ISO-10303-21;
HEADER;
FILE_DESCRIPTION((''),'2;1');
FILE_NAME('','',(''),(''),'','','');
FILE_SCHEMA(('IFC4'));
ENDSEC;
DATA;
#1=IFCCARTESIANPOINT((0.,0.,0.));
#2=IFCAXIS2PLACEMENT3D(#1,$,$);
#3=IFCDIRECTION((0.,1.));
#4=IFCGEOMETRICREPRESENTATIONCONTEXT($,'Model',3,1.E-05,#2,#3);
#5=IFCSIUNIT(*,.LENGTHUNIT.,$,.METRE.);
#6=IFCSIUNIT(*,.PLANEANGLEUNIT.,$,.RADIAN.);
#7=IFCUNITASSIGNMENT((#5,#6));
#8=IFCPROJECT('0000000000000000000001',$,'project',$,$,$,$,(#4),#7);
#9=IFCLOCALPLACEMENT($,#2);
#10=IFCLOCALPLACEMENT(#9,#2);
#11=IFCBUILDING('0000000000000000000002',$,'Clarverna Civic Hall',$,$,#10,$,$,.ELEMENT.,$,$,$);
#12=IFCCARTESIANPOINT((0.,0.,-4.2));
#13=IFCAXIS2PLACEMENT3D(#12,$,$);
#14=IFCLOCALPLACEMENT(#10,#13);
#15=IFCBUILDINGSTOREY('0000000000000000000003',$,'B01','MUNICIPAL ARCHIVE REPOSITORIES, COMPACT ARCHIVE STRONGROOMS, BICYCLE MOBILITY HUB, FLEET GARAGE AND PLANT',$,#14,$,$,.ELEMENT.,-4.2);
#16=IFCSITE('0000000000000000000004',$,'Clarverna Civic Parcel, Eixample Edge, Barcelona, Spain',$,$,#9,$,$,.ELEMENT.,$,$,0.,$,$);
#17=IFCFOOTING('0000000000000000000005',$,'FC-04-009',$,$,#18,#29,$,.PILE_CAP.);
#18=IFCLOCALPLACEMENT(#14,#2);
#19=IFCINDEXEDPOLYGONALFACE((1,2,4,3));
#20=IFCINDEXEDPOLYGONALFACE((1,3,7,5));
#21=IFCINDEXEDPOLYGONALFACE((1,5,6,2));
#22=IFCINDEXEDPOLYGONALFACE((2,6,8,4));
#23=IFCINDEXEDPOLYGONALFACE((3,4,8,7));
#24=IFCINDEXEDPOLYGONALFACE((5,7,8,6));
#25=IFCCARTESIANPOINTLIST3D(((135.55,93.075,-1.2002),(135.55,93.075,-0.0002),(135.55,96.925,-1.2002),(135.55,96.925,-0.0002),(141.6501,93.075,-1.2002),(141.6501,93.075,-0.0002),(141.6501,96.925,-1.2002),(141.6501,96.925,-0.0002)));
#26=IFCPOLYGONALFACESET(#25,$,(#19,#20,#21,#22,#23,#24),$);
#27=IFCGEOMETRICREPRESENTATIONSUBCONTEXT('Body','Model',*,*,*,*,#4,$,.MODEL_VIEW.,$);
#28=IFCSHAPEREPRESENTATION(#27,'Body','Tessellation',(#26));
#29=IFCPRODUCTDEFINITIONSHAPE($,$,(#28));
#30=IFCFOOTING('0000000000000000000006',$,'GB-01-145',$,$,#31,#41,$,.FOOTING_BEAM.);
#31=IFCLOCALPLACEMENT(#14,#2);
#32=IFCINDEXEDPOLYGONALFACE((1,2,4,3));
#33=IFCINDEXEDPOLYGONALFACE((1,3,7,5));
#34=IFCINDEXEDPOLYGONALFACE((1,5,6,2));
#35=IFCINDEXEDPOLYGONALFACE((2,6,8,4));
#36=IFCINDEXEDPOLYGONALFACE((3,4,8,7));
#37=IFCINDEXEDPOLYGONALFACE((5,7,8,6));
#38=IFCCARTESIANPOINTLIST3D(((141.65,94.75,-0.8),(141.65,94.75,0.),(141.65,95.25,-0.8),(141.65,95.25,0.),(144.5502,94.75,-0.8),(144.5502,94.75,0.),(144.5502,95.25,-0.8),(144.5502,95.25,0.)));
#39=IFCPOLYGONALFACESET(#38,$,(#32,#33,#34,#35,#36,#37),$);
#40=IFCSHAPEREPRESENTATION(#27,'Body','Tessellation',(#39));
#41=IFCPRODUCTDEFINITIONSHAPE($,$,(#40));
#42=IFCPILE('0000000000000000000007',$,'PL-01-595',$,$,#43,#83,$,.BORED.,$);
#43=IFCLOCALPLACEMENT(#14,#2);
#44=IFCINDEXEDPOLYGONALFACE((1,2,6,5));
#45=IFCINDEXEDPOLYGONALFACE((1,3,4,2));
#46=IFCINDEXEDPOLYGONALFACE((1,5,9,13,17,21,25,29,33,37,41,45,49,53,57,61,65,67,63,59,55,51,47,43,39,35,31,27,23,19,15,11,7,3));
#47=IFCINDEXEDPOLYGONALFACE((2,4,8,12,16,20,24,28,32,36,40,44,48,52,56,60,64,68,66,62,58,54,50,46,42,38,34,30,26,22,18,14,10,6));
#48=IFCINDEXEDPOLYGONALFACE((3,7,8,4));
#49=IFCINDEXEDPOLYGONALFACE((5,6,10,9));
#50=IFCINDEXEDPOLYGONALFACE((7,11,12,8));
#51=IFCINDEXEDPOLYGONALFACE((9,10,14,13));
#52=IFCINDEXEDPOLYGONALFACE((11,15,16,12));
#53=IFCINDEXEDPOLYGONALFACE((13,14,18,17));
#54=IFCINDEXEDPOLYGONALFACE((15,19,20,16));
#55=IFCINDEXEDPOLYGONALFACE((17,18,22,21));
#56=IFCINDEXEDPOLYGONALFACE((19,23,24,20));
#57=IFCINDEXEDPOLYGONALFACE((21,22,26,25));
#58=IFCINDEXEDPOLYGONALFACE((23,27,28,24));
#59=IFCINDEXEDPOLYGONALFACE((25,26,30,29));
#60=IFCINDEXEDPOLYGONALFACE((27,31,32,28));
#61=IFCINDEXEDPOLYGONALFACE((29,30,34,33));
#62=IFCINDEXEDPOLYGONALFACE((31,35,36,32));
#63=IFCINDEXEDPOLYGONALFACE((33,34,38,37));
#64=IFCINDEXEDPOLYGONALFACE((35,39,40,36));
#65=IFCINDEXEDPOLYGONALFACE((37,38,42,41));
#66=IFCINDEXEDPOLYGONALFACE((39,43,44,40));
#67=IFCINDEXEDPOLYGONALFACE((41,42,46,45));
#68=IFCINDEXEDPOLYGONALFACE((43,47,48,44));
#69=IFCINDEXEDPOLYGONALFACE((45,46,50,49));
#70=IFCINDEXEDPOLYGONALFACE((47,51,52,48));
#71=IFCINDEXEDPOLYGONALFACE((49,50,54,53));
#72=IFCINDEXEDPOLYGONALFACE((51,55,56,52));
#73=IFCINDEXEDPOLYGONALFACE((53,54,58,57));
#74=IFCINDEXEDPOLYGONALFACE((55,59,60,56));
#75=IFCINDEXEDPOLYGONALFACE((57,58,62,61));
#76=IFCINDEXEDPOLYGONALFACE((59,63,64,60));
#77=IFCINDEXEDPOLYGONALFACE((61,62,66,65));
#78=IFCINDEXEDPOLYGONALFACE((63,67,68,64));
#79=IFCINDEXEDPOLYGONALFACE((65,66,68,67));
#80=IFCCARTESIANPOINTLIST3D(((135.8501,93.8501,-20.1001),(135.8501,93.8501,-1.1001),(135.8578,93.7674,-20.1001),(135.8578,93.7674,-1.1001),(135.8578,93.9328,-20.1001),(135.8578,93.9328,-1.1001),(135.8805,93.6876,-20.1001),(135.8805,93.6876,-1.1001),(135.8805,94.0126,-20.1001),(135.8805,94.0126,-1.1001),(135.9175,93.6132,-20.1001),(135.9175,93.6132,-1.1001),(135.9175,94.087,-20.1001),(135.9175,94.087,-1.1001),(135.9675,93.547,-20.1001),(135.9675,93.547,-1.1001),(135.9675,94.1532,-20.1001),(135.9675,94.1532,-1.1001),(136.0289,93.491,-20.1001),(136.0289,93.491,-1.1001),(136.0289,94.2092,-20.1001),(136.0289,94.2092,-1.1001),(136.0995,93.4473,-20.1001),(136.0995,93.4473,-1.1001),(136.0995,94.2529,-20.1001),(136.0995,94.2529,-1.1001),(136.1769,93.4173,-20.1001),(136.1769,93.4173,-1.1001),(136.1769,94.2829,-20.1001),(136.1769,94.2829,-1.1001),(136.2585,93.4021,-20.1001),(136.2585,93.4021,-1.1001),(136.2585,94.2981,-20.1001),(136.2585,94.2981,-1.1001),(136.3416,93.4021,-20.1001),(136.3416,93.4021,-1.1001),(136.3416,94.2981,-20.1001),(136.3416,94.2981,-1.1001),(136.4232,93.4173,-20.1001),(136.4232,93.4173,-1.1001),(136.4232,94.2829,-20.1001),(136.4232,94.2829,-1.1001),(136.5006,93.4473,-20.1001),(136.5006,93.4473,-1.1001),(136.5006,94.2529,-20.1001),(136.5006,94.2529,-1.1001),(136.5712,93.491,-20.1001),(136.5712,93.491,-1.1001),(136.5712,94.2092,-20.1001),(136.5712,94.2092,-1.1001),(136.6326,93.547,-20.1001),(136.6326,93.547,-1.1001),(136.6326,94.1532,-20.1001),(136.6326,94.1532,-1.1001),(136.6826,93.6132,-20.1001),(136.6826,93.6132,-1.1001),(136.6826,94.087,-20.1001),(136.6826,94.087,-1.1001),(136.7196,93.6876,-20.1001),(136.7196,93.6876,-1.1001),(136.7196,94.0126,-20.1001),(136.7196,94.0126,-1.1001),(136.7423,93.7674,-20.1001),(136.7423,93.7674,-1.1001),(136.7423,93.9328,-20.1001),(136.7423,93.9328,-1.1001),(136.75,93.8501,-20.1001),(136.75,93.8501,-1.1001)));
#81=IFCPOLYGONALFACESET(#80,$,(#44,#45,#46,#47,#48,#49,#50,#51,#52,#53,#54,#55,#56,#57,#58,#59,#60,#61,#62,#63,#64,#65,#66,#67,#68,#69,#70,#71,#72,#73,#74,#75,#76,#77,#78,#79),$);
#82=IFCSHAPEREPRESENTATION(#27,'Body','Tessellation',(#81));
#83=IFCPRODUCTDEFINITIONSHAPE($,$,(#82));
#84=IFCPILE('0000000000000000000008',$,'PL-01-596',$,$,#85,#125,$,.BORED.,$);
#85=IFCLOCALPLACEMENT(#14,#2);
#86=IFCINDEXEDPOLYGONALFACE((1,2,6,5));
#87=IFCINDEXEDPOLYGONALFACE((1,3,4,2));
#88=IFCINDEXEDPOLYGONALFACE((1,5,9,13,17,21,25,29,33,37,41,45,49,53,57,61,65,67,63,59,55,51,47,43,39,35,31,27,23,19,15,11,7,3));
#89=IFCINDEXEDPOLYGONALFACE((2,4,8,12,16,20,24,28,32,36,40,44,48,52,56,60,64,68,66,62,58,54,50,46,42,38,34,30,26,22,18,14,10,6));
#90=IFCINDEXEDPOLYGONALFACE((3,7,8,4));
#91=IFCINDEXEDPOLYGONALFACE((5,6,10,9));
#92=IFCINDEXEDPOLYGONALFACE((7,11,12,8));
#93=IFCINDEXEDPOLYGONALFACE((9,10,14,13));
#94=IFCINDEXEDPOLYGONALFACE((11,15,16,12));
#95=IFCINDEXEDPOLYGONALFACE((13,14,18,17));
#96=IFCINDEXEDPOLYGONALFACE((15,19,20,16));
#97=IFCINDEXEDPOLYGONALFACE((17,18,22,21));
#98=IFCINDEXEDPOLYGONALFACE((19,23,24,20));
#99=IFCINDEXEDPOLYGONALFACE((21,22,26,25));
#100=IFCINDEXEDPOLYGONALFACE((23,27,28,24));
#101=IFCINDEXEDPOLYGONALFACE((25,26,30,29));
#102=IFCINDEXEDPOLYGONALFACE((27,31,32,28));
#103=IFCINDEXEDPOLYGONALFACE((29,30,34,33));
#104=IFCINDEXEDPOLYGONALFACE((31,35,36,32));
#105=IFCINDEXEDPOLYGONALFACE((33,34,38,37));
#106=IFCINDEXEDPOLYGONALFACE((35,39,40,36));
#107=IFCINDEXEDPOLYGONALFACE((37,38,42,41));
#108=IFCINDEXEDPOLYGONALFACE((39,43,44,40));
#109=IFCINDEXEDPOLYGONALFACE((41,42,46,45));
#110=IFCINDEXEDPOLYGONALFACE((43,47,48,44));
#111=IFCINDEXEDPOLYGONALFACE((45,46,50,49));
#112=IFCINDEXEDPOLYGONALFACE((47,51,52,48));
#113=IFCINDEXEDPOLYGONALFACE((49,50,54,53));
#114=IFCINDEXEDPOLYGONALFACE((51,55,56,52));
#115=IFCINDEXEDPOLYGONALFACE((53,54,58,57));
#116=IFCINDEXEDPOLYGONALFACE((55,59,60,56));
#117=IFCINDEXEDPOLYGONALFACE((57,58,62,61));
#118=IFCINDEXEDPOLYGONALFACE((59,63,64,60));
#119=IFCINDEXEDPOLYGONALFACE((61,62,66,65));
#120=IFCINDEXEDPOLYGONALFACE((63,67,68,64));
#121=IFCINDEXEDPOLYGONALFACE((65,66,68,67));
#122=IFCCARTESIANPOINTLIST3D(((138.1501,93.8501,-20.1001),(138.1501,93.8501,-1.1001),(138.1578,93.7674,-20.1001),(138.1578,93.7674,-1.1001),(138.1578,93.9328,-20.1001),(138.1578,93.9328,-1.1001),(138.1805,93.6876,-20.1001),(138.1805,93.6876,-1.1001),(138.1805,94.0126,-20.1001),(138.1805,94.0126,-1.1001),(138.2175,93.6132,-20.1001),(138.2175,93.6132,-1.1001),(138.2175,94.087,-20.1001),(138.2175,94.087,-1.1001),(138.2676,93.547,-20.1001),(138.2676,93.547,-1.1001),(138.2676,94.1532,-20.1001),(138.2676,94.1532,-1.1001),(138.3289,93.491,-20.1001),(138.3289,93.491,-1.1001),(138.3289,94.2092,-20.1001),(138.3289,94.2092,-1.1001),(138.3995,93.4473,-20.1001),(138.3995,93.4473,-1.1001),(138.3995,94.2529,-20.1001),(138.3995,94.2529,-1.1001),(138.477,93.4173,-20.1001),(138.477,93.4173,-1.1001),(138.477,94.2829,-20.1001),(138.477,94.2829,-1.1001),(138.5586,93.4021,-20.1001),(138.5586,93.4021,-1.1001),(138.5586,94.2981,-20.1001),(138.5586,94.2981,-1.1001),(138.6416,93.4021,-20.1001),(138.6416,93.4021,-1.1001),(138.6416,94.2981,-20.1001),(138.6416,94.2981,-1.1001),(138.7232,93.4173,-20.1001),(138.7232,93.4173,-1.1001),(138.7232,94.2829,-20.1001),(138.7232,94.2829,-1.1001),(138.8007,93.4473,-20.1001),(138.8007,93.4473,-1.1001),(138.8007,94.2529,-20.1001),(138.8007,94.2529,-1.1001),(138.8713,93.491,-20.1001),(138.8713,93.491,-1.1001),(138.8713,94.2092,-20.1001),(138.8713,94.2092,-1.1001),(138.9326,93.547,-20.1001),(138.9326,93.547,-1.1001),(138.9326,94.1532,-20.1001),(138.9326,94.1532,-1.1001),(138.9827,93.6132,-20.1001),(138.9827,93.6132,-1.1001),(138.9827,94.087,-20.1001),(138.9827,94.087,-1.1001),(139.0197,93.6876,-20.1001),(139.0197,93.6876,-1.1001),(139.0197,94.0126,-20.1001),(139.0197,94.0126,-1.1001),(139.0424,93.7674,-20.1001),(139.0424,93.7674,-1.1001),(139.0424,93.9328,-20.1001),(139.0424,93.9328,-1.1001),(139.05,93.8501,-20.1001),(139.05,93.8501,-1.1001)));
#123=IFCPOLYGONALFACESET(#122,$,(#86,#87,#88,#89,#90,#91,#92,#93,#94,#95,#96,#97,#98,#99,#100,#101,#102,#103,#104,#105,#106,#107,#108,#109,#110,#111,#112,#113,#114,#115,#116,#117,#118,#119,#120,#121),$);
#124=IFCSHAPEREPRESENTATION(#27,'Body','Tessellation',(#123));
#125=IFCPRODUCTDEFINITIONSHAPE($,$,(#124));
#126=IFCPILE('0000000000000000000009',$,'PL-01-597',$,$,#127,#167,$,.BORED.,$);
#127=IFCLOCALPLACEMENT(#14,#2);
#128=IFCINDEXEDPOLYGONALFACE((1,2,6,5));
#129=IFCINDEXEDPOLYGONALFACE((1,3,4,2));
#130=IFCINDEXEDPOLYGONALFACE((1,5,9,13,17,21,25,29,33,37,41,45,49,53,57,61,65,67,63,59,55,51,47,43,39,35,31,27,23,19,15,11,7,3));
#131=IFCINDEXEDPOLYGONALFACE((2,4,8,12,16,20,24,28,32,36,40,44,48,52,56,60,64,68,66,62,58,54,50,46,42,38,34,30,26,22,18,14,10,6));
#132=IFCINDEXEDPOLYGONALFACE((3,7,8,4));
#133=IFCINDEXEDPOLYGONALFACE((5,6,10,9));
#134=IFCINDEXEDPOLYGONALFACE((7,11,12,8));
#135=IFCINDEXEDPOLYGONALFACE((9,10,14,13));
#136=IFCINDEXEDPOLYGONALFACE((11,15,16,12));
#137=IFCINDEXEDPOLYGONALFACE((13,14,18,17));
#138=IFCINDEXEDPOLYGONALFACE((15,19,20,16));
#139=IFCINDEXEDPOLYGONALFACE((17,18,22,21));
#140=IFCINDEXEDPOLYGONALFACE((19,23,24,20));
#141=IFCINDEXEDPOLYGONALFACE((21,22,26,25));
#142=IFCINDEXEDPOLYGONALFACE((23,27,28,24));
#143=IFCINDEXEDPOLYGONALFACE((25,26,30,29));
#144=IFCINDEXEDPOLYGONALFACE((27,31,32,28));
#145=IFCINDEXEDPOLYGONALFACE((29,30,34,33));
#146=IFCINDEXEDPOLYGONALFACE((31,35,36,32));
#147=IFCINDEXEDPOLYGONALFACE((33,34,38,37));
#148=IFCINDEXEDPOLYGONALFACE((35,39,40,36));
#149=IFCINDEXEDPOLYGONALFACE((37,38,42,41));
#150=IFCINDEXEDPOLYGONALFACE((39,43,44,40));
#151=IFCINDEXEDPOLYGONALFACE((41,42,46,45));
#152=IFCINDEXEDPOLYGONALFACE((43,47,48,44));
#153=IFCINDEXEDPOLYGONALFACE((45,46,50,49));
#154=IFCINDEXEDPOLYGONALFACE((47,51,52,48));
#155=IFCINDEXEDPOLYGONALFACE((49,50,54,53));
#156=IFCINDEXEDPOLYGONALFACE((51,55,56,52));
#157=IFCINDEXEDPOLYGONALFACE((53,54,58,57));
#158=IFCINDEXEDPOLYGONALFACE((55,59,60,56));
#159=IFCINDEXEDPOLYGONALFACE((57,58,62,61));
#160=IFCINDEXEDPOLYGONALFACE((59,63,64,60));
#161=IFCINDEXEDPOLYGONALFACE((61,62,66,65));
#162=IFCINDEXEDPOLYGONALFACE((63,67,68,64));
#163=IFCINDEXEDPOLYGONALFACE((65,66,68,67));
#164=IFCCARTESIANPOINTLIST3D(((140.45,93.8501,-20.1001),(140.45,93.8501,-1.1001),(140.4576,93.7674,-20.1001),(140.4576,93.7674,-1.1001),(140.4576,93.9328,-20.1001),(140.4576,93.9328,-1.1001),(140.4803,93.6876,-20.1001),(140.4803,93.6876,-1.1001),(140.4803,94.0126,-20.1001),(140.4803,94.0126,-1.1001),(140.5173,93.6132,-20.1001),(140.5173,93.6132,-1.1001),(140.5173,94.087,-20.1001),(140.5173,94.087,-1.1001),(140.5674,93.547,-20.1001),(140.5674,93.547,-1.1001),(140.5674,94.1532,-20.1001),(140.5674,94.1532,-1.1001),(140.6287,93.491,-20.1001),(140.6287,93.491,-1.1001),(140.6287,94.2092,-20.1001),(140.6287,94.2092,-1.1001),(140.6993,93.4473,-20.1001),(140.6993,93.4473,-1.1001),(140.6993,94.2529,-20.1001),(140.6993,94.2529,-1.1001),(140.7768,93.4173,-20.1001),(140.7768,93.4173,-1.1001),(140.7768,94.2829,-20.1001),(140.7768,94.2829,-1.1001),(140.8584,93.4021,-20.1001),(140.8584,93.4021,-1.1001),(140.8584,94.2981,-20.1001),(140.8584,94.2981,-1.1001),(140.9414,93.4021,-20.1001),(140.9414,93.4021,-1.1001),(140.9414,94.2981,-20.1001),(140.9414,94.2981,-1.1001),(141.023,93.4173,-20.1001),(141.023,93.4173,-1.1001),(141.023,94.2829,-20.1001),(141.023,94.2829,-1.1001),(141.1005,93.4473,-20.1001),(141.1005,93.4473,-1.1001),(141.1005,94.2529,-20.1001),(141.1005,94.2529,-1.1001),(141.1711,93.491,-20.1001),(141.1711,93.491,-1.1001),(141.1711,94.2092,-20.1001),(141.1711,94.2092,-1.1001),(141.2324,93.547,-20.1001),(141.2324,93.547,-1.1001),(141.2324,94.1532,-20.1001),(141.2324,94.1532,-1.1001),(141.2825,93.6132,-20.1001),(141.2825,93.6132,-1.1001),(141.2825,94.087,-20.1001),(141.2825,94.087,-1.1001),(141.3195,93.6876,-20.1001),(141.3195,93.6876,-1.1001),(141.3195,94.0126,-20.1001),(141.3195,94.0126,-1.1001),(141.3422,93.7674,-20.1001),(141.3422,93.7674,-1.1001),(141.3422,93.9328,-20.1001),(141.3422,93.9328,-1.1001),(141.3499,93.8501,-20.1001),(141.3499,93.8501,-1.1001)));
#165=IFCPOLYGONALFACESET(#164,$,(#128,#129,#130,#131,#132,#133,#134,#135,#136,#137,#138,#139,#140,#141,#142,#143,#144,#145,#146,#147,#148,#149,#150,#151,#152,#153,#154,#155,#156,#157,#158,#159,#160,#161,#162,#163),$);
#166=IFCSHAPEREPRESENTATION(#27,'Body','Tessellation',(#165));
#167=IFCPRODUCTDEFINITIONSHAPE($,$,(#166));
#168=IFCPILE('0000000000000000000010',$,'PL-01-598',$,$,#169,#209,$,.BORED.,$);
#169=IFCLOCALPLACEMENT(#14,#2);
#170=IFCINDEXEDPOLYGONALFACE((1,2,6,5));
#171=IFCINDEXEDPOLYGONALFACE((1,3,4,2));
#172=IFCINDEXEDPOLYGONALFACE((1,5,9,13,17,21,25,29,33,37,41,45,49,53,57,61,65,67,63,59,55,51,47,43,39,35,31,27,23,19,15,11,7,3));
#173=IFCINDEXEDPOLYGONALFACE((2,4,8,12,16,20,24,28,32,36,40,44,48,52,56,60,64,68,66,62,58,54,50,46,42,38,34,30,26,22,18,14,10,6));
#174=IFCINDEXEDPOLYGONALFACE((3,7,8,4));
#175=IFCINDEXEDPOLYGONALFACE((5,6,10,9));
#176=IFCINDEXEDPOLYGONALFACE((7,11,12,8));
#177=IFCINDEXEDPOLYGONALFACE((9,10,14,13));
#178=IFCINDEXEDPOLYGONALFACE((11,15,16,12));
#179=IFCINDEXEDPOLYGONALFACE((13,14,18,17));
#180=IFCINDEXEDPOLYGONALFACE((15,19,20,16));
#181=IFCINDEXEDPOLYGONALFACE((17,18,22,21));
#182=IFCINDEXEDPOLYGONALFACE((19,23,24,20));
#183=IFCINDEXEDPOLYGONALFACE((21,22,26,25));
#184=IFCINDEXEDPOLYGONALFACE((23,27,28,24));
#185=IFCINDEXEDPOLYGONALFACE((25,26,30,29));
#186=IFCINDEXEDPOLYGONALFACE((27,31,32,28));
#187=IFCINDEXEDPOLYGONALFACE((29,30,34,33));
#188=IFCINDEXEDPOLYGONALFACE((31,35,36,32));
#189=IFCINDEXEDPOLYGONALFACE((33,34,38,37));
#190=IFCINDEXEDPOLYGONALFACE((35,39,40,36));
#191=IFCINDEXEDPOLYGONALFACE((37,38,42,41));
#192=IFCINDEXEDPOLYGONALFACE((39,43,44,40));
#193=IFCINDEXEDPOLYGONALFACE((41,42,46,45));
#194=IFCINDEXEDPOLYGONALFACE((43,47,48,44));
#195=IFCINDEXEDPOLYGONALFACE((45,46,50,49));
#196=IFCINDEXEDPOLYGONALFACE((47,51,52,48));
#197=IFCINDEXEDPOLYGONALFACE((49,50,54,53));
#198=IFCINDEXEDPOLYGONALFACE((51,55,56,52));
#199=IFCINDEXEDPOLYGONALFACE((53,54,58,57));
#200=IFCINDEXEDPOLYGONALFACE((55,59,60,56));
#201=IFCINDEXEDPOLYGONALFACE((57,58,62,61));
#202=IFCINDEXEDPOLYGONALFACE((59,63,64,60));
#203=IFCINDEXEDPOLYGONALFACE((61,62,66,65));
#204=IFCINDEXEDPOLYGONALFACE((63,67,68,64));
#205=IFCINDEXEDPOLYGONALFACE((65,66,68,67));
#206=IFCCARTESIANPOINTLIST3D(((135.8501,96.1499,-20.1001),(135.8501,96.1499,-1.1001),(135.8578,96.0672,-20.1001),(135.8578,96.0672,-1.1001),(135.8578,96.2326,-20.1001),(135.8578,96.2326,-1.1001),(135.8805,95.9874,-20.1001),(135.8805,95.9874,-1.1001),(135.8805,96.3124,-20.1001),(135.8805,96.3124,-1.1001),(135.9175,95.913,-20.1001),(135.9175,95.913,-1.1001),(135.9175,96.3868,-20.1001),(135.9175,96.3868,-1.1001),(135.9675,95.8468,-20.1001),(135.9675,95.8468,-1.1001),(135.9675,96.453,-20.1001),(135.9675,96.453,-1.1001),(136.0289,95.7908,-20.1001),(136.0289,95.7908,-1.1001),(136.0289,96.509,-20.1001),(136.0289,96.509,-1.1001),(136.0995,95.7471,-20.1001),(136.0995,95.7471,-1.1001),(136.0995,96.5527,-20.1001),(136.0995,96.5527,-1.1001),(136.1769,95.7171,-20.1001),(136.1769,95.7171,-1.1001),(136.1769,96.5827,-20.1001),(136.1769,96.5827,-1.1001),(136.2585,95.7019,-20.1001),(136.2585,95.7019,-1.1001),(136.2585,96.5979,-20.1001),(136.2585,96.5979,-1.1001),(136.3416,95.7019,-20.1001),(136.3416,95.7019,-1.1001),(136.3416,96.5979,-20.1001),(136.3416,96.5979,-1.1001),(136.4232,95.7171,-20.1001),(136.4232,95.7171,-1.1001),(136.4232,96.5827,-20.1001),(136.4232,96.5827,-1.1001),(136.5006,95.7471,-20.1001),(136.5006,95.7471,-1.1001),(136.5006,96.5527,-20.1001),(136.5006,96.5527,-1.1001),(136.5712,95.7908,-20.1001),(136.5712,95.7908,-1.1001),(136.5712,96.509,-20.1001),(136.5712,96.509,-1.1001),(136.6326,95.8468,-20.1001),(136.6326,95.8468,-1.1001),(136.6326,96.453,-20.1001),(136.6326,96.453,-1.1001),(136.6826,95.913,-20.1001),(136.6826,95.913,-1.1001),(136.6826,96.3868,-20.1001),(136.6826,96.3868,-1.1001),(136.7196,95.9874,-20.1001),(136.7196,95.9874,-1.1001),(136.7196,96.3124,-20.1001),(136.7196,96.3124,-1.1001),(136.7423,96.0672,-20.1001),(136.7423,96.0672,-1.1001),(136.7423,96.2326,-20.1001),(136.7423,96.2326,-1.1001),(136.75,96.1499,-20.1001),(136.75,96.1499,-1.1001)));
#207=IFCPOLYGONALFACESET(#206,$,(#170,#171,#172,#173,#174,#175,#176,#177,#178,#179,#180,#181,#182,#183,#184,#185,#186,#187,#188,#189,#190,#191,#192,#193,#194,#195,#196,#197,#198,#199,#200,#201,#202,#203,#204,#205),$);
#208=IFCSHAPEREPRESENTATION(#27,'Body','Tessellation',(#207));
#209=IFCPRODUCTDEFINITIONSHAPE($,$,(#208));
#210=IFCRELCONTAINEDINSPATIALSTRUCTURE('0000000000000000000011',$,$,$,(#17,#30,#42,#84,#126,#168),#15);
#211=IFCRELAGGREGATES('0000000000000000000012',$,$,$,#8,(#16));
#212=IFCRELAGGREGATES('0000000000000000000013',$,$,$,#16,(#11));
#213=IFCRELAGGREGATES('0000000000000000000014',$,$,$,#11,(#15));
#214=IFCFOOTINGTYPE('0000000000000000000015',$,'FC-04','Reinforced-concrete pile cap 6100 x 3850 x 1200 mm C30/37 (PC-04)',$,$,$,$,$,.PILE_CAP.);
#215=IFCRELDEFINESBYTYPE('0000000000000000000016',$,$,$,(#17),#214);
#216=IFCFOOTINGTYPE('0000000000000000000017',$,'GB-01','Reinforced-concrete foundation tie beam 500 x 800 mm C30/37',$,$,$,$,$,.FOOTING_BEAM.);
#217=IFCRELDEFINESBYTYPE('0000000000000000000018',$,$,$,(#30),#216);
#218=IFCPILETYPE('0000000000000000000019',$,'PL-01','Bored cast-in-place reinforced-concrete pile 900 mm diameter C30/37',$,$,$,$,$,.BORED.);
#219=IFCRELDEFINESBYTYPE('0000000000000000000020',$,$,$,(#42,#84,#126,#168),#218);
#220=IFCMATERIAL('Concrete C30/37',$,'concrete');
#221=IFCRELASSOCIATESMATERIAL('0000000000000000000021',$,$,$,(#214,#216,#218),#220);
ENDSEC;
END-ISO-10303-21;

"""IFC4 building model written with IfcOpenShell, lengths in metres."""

from ifc_helpers import new_model, si_unit, direction, frame, frame_2d, origin, origin_2d, place, context, subcontext, project, spatial, rectangle, circle, extrude, material, material_profile, profile_set, type_object, element, save


model = new_model("IFC4")

# Units and contexts
model_context = context("Model", 3, precision=1e-05, world=origin(), true_north=direction((0.0, 1.0)))
body_context = subcontext(model_context, "Body", "Model", "MODEL_VIEW")
ifc_project = project(units=[si_unit("LENGTHUNIT", "METRE"), si_unit("PLANEANGLEUNIT", "RADIAN")], contexts=[model_context])

# Site, building, storey
site_placement = place(None, origin())
site = spatial("IfcSite", under=ifc_project, at=site_placement, Name="Clarverna Civic Parcel, Eixample Edge, Barcelona, Spain", CompositionType="ELEMENT", RefElevation=0.0)
building_placement = place(site_placement, origin())
building = spatial("IfcBuilding", under=site, at=building_placement, Name="Clarverna Civic Hall", CompositionType="ELEMENT")
storey_placement = place(building_placement, frame((0.0, 0.0, -4.2)))
storey = spatial("IfcBuildingStorey", under=building, at=storey_placement, Name="B01", Description="MUNICIPAL ARCHIVE REPOSITORIES, COMPACT ARCHIVE STRONGROOMS, BICYCLE MOBILITY HUB, FLEET GARAGE AND PLANT", CompositionType="ELEMENT", Elevation=-4.2)

# Footings
ifc_material_1 = material(Name="Concrete C30/37", Category="concrete")
footing_type_1 = type_object("IfcFootingType", Name="FC-04", Description="Reinforced-concrete pile cap 6100 x 3850 x 1200 mm C30/37 (PC-04)", PredefinedType="PILE_CAP", material=ifc_material_1)
footing_1_placement = place(storey_placement, frame((138.6001, 95.0, -1.2002), z_axis=(0.0, 0.0, 1.0), x_axis=(1.0, 0.0, 0.0)))
element("IfcFooting", 1, at=footing_1_placement, inside=storey, type_object=footing_type_1, Name="FC-04-009", PredefinedType="PILE_CAP", context=body_context, shape_type="SweptSolid", body=[
    extrude(rectangle(XDim=6.1001, YDim=3.8501, at=origin_2d()), origin(), (0.0, 0.0, 1.0), 1.2),
])
footing_type_2 = type_object("IfcFootingType", Name="GB-01", Description="Reinforced-concrete foundation tie beam 500 x 800 mm C30/37", PredefinedType="FOOTING_BEAM", material=ifc_material_1)
footing_2_placement = place(storey_placement, frame((141.6499, 95.0, -0.8), z_axis=(0.0, 0.0, 1.0), x_axis=(1.0, 0.0, 0.0)))
element("IfcFooting", 2, at=footing_2_placement, inside=storey, type_object=footing_type_2, Name="GB-01-145", PredefinedType="FOOTING_BEAM", context=body_context, shape_type="SweptSolid", body=[
    extrude(rectangle(XDim=2.9001, YDim=0.5, at=frame_2d((1.4502, 0.0))), origin(), (0.0, 0.0, 1.0), 0.8),
])

# Piles
ifc_material_profile_1 = material_profile(ifc_material_1, circle(Radius=0.45, at=origin_2d()), Name="BORED PILE D900")
ifc_profile_set_1 = profile_set([ifc_material_profile_1], Name="Concrete C30/37")
pile_type = type_object("IfcPileType", Name="PL-01", Description="Bored cast-in-place reinforced-concrete pile 900 mm diameter C30/37", PredefinedType="BORED", material=ifc_profile_set_1)
for number, where, z_axis, x_axis, name in (
    (3, (136.3, 93.8501, -1.1001), (0.0, 0.0, -1.0), (1.0, 0.0, 0.0), "PL-01-595"),
    (4, (138.6001, 93.8501, -1.1001), (0.0, 0.0, -1.0), (1.0, 0.0, 0.0), "PL-01-596"),
    (5, (140.8999, 93.8501, -1.1001), (0.0, 0.0, -1.0), (1.0, 0.0, 0.0), "PL-01-597"),
    (6, (136.3, 96.1499, -1.1001), (0.0, 0.0, -1.0), (1.0, 0.0, 0.0), "PL-01-598"),
):
    element("IfcPile", number, at=place(storey_placement, frame(where, z_axis=z_axis, x_axis=x_axis)), inside=storey, type_object=pile_type, Name=name, PredefinedType="BORED", context=body_context, shape_type="SweptSolid", body=[
        extrude(circle(Radius=0.45, at=origin_2d()), origin(), (0.0, 0.0, 1.0), 19.0),
    ])

save(model, "model.ifc")
